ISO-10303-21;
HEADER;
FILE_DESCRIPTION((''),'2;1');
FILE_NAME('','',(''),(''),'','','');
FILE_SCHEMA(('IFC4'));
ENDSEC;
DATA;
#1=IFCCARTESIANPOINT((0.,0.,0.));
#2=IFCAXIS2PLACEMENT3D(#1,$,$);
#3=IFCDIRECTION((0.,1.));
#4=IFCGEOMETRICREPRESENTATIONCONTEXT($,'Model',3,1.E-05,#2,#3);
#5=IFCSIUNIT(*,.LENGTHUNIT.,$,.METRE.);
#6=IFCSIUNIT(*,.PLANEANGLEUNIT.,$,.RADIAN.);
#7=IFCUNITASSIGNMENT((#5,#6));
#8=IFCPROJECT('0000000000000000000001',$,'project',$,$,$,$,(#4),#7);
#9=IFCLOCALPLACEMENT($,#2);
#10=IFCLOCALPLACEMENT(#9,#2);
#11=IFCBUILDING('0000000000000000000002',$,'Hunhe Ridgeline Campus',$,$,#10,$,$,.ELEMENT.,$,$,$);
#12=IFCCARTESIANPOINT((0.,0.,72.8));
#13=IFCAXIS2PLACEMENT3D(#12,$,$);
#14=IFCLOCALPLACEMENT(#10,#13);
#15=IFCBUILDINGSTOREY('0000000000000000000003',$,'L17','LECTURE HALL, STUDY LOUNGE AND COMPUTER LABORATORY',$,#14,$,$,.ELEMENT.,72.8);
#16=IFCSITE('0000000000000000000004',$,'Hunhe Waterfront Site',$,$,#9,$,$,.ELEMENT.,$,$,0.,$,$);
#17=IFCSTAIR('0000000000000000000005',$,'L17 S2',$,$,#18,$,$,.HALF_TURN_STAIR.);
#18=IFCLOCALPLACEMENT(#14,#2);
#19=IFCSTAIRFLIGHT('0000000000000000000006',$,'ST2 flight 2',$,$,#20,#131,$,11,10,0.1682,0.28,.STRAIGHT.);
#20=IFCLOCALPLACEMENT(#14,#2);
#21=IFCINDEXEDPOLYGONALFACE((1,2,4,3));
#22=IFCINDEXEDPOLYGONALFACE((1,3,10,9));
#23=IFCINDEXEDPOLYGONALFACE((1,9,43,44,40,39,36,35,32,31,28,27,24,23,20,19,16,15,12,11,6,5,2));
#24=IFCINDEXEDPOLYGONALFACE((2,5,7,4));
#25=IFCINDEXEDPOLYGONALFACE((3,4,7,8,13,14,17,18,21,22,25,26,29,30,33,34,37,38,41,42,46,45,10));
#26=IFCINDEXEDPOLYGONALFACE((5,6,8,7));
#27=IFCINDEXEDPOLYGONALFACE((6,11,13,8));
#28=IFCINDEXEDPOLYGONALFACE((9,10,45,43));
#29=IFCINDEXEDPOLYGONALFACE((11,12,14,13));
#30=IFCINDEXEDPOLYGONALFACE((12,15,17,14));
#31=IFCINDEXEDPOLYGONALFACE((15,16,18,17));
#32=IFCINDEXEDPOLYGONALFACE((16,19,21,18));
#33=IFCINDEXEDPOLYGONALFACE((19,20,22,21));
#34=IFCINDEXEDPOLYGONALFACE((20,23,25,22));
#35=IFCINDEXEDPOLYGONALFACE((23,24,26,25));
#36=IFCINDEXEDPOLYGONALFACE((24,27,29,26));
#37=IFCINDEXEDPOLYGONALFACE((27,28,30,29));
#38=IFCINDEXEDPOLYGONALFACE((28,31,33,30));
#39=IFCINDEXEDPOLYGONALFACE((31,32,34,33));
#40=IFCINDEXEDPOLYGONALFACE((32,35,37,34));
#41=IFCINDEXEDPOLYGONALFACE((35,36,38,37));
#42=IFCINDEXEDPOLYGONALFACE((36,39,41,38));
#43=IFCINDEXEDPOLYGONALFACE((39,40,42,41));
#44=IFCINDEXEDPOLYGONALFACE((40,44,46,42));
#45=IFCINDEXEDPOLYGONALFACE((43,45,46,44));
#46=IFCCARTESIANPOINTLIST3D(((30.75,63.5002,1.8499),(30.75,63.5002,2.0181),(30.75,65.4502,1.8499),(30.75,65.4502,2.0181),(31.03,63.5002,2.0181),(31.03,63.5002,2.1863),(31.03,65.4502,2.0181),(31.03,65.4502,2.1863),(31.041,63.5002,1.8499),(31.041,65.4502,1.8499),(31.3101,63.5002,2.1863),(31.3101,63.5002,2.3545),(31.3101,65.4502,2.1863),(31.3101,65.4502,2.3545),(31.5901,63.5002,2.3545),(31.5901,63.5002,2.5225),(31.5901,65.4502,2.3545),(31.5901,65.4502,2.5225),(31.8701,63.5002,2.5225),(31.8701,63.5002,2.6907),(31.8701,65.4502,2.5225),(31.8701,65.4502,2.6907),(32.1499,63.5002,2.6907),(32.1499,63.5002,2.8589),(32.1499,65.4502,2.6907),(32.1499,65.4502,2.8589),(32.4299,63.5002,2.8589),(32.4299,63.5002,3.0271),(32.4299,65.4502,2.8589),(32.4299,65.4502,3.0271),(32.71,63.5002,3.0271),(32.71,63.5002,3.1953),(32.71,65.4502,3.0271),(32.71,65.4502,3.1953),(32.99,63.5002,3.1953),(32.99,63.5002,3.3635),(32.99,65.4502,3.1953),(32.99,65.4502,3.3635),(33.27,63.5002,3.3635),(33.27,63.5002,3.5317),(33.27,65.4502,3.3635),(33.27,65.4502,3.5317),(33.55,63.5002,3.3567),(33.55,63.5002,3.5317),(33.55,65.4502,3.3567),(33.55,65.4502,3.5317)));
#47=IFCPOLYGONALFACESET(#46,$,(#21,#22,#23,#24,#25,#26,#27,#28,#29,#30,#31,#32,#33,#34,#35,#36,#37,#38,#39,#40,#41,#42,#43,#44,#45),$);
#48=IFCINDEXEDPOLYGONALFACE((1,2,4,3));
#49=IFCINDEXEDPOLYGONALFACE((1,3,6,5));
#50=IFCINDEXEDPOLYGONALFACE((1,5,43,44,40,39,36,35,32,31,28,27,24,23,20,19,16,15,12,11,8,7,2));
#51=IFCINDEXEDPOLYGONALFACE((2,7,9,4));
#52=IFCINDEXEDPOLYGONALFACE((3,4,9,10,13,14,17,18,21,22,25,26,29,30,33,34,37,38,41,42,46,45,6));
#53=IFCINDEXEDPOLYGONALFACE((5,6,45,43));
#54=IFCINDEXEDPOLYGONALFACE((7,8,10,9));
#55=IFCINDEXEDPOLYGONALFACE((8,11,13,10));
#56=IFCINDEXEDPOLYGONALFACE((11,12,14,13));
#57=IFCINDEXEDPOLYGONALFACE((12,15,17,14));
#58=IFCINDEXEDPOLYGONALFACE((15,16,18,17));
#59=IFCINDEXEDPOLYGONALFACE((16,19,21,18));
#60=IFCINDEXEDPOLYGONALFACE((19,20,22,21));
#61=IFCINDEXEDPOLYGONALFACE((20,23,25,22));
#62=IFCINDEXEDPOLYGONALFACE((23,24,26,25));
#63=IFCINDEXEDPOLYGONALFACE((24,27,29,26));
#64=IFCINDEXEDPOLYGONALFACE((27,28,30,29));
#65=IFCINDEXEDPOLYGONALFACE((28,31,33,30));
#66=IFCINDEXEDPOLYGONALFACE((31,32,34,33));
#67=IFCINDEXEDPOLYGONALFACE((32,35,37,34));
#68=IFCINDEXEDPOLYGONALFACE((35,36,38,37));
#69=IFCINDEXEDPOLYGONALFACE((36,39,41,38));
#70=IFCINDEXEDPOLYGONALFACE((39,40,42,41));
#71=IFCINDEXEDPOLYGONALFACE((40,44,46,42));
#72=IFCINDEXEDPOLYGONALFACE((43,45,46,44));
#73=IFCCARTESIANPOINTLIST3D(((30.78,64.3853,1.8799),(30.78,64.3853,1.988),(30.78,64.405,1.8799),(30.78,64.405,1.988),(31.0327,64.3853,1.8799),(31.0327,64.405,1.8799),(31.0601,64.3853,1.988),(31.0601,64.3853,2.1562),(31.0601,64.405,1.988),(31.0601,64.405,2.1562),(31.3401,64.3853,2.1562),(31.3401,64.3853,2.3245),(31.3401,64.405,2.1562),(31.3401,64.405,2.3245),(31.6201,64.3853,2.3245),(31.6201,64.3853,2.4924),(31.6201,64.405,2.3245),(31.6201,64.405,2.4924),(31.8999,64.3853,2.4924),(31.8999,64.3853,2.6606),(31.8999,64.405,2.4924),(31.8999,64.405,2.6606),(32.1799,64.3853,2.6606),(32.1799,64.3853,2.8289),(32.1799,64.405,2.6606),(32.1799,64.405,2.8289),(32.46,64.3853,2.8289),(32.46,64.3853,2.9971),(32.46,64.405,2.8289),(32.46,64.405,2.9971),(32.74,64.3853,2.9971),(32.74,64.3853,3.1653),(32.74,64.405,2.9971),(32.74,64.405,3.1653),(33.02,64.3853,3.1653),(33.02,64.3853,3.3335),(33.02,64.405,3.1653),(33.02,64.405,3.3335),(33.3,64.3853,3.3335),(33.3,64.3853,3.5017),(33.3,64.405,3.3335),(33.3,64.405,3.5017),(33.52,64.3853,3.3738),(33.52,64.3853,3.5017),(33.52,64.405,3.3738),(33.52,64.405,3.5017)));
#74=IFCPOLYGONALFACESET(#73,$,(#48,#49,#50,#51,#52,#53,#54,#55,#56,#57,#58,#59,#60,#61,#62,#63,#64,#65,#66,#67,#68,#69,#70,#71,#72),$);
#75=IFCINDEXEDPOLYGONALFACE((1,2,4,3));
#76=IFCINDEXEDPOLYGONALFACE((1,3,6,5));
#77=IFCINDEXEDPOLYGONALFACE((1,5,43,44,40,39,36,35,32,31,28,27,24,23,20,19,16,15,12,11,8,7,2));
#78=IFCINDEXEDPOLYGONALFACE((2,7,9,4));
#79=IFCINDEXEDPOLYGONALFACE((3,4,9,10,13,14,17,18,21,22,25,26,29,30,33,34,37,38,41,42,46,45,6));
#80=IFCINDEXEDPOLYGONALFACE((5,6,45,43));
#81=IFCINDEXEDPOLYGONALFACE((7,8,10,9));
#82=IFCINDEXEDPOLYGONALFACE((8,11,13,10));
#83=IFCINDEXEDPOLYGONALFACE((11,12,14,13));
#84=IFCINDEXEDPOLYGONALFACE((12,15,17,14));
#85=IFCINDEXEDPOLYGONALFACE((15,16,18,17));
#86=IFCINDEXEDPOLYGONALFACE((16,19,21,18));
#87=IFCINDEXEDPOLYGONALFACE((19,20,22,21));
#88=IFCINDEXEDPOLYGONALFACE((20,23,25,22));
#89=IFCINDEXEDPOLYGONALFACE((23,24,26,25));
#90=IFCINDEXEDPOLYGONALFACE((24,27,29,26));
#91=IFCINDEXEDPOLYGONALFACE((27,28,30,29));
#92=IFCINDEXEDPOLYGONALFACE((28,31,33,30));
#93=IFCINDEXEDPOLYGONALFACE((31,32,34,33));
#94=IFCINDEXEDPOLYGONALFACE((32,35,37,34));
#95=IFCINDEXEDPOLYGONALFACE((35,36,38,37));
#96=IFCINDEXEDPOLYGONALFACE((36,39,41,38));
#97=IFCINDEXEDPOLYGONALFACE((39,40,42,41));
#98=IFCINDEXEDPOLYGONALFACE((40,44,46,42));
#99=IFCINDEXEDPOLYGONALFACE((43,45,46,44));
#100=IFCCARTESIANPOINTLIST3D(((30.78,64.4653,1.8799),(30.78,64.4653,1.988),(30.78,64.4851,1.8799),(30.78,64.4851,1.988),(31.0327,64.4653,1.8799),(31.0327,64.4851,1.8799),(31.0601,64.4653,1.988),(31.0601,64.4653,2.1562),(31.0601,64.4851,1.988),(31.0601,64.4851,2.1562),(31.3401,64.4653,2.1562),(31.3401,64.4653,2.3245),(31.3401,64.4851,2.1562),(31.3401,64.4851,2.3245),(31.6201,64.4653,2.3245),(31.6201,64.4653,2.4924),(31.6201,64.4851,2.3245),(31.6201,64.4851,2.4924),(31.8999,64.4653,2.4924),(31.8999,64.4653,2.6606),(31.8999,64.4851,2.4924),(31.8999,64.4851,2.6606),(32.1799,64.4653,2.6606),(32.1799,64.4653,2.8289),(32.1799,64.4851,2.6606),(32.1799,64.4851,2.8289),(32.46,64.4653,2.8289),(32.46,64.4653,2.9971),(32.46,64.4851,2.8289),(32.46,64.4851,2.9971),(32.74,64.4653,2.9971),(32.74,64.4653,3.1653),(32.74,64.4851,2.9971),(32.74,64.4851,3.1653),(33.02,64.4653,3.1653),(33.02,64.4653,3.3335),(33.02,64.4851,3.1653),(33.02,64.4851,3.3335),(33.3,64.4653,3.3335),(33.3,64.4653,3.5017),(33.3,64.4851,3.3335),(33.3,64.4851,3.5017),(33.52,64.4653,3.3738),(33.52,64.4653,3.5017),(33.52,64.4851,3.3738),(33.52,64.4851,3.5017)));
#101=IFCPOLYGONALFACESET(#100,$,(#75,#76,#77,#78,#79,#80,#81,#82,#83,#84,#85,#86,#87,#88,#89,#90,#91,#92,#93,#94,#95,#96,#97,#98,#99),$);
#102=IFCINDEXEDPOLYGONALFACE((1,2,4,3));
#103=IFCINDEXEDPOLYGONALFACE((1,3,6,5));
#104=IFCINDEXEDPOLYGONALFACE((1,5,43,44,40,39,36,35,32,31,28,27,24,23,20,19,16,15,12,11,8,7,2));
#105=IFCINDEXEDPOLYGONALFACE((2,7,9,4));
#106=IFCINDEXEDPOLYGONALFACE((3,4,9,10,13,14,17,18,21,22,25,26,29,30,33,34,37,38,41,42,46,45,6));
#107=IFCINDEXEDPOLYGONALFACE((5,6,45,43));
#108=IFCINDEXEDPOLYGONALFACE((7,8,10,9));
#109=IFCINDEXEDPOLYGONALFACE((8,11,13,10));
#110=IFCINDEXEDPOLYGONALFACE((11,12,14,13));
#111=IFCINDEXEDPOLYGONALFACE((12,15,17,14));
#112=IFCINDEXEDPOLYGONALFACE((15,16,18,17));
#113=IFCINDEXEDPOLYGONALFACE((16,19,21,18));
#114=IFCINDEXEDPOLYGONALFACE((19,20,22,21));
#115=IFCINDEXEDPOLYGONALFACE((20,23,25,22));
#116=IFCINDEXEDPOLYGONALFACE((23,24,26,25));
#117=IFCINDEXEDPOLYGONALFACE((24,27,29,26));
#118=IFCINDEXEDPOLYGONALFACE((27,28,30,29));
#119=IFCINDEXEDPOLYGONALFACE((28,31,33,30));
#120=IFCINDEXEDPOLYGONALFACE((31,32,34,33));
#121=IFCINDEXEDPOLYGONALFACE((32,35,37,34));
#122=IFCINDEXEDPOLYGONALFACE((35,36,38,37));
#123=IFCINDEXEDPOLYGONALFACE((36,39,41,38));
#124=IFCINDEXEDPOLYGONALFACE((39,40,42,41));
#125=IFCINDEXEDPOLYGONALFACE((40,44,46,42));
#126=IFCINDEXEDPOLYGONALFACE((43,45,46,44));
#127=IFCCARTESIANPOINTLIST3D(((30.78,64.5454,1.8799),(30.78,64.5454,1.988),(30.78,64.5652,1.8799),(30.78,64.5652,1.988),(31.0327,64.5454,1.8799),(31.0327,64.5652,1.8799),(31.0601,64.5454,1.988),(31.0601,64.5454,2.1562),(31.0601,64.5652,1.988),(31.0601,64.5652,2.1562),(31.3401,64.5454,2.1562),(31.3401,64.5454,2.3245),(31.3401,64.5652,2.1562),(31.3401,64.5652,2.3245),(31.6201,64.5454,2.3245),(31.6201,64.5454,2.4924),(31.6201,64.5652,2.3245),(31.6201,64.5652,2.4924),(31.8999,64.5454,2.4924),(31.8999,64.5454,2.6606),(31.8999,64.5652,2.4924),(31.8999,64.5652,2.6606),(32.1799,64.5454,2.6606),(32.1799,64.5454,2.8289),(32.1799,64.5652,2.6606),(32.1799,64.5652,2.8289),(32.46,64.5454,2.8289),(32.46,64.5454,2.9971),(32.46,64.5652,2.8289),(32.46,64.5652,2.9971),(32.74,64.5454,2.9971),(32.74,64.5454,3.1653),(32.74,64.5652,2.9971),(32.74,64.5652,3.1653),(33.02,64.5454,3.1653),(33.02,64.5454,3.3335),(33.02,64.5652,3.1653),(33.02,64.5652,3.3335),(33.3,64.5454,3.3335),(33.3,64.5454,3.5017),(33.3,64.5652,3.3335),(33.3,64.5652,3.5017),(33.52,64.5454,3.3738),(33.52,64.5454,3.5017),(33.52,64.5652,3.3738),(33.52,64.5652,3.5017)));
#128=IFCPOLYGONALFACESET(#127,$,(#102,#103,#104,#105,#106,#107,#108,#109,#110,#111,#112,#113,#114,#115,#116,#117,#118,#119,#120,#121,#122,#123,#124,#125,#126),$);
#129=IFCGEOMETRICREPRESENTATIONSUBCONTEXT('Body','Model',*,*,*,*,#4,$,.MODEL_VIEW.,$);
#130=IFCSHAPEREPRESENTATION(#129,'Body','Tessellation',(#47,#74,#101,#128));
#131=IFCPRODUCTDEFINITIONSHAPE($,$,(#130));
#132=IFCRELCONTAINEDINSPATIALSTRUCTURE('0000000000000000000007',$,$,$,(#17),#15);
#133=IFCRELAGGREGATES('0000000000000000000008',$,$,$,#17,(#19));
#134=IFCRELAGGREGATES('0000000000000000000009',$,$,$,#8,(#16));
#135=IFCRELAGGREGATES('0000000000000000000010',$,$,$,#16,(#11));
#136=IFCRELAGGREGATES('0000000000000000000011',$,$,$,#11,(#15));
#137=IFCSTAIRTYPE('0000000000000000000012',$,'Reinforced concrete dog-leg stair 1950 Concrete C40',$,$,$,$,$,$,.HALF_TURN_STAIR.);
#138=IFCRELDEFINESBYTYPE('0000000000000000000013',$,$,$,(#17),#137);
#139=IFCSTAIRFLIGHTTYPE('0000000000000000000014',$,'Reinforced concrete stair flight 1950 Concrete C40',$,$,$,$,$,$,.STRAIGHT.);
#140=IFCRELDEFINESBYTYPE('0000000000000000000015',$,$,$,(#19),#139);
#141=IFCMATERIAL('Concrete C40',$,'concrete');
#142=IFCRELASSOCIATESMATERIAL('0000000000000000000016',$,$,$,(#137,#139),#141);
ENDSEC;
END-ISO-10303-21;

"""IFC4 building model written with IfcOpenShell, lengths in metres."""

from ifc_helpers import new_model, si_unit, direction, frame, origin, place, context, subcontext, project, spatial, polyline, outline, extrude, material, type_object, element, aggregate, save


model = new_model("IFC4")

# Units and contexts
model_context = context("Model", 3, precision=1e-05, world=origin(), true_north=direction((0.0, 1.0)))
body_context = subcontext(model_context, "Body", "Model", "MODEL_VIEW")
ifc_project = project(units=[si_unit("LENGTHUNIT", "METRE"), si_unit("PLANEANGLEUNIT", "RADIAN")], contexts=[model_context])

# Site, building, storey
site_placement = place(None, origin())
site = spatial("IfcSite", under=ifc_project, at=site_placement, Name="Hunhe Waterfront Site", CompositionType="ELEMENT", RefElevation=0.0)
building_placement = place(site_placement, origin())
building = spatial("IfcBuilding", under=site, at=building_placement, Name="Hunhe Ridgeline Campus", CompositionType="ELEMENT")
storey_placement = place(building_placement, frame((0.0, 0.0, 72.8)))
storey = spatial("IfcBuildingStorey", under=building, at=storey_placement, Name="L17", Description="LECTURE HALL, STUDY LOUNGE AND COMPUTER LABORATORY", CompositionType="ELEMENT", Elevation=72.8)

# Stair, stair flight
ifc_material_1 = material(Name="Concrete C40", Category="concrete")
stair_type = type_object("IfcStairType", Name="Reinforced concrete dog-leg stair 1950 Concrete C40", PredefinedType="HALF_TURN_STAIR", material=ifc_material_1)
stair_placement = place(storey_placement, origin())
stair = element("IfcStair", 1, at=stair_placement, inside=storey, type_object=stair_type, Name="L17 S2", PredefinedType="HALF_TURN_STAIR")
stair_flight_type = type_object("IfcStairFlightType", Name="Reinforced concrete stair flight 1950 Concrete C40", PredefinedType="STRAIGHT", material=ifc_material_1)
stair_flight_1_placement = place(storey_placement, frame((30.75, 64.4751, 1.8499), z_axis=(0.0, 0.0, 1.0), x_axis=(1.0, 0.0, 0.0)))
stair_flight_1 = element("IfcStairFlight", 2, at=stair_flight_1_placement, type_object=stair_flight_type, Name="ST2 flight 2", NumberOfRisers=11, NumberOfTreads=10, PredefinedType="STRAIGHT", RiserHeight=0.1682, TreadLength=0.28, context=body_context, shape_type="SweptSolid", body=[
    extrude(outline(polyline([(0.0, 0.0), (0.0, 0.1682), (0.28, 0.1682), (0.28, 0.3364), (0.5601, 0.3364), (0.5601, 0.5046), (0.8401, 0.5046), (0.8401, 0.6726), (1.1201, 0.6726), (1.1201, 0.8408), (1.3999, 0.8408), (1.3999, 1.009), (1.6799, 1.009), (1.6799, 1.1772), (1.96, 1.1772), (1.96, 1.3455), (2.24, 1.3455), (2.24, 1.5137), (2.52, 1.5137), (2.52, 1.6819), (2.8, 1.6819), (2.8, 1.8501), (2.8, 1.5068), (0.291, 0.0), (0.0, 0.0)])), frame((0.0, 0.9751, 0.0), z_axis=(0.0, -1.0, 0.0), x_axis=(1.0, 0.0, 0.0)), (0.0, 0.0, 1.0), 1.95),
    extrude(outline(polyline([(0.03, 0.03), (0.03, 0.1382), (0.3101, 0.1382), (0.3101, 0.3064), (0.5901, 0.3064), (0.5901, 0.4746), (0.8701, 0.4746), (0.8701, 0.6426), (1.1499, 0.6426), (1.1499, 0.8108), (1.4299, 0.8108), (1.4299, 0.979), (1.71, 0.979), (1.71, 1.1472), (1.99, 1.1472), (1.99, 1.3154), (2.27, 1.3154), (2.27, 1.4836), (2.55, 1.4836), (2.55, 1.6519), (2.77, 1.6519), (2.77, 1.5239), (0.2827, 0.03), (0.03, 0.03)])), frame((0.0, -0.0701, 0.0), z_axis=(0.0, -1.0, 0.0), x_axis=(1.0, 0.0, 0.0)), (0.0, 0.0, 1.0), 0.0198),
    extrude(outline(polyline([(0.03, 0.03), (0.03, 0.1382), (0.3101, 0.1382), (0.3101, 0.3064), (0.5901, 0.3064), (0.5901, 0.4746), (0.8701, 0.4746), (0.8701, 0.6426), (1.1499, 0.6426), (1.1499, 0.8108), (1.4299, 0.8108), (1.4299, 0.979), (1.71, 0.979), (1.71, 1.1472), (1.99, 1.1472), (1.99, 1.3154), (2.27, 1.3154), (2.27, 1.4836), (2.55, 1.4836), (2.55, 1.6519), (2.77, 1.6519), (2.77, 1.5239), (0.2827, 0.03), (0.03, 0.03)])), frame((0.0, 0.01, 0.0), z_axis=(0.0, -1.0, 0.0), x_axis=(1.0, 0.0, 0.0)), (0.0, 0.0, 1.0), 0.0198),
    extrude(outline(polyline([(0.03, 0.03), (0.03, 0.1382), (0.3101, 0.1382), (0.3101, 0.3064), (0.5901, 0.3064), (0.5901, 0.4746), (0.8701, 0.4746), (0.8701, 0.6426), (1.1499, 0.6426), (1.1499, 0.8108), (1.4299, 0.8108), (1.4299, 0.979), (1.71, 0.979), (1.71, 1.1472), (1.99, 1.1472), (1.99, 1.3154), (2.27, 1.3154), (2.27, 1.4836), (2.55, 1.4836), (2.55, 1.6519), (2.77, 1.6519), (2.77, 1.5239), (0.2827, 0.03), (0.03, 0.03)])), frame((0.0, 0.0901, 0.0), z_axis=(0.0, -1.0, 0.0), x_axis=(1.0, 0.0, 0.0)), (0.0, 0.0, 1.0), 0.0198),
])
aggregate(stair, [stair_flight_1])

save(model, "model.ifc")
